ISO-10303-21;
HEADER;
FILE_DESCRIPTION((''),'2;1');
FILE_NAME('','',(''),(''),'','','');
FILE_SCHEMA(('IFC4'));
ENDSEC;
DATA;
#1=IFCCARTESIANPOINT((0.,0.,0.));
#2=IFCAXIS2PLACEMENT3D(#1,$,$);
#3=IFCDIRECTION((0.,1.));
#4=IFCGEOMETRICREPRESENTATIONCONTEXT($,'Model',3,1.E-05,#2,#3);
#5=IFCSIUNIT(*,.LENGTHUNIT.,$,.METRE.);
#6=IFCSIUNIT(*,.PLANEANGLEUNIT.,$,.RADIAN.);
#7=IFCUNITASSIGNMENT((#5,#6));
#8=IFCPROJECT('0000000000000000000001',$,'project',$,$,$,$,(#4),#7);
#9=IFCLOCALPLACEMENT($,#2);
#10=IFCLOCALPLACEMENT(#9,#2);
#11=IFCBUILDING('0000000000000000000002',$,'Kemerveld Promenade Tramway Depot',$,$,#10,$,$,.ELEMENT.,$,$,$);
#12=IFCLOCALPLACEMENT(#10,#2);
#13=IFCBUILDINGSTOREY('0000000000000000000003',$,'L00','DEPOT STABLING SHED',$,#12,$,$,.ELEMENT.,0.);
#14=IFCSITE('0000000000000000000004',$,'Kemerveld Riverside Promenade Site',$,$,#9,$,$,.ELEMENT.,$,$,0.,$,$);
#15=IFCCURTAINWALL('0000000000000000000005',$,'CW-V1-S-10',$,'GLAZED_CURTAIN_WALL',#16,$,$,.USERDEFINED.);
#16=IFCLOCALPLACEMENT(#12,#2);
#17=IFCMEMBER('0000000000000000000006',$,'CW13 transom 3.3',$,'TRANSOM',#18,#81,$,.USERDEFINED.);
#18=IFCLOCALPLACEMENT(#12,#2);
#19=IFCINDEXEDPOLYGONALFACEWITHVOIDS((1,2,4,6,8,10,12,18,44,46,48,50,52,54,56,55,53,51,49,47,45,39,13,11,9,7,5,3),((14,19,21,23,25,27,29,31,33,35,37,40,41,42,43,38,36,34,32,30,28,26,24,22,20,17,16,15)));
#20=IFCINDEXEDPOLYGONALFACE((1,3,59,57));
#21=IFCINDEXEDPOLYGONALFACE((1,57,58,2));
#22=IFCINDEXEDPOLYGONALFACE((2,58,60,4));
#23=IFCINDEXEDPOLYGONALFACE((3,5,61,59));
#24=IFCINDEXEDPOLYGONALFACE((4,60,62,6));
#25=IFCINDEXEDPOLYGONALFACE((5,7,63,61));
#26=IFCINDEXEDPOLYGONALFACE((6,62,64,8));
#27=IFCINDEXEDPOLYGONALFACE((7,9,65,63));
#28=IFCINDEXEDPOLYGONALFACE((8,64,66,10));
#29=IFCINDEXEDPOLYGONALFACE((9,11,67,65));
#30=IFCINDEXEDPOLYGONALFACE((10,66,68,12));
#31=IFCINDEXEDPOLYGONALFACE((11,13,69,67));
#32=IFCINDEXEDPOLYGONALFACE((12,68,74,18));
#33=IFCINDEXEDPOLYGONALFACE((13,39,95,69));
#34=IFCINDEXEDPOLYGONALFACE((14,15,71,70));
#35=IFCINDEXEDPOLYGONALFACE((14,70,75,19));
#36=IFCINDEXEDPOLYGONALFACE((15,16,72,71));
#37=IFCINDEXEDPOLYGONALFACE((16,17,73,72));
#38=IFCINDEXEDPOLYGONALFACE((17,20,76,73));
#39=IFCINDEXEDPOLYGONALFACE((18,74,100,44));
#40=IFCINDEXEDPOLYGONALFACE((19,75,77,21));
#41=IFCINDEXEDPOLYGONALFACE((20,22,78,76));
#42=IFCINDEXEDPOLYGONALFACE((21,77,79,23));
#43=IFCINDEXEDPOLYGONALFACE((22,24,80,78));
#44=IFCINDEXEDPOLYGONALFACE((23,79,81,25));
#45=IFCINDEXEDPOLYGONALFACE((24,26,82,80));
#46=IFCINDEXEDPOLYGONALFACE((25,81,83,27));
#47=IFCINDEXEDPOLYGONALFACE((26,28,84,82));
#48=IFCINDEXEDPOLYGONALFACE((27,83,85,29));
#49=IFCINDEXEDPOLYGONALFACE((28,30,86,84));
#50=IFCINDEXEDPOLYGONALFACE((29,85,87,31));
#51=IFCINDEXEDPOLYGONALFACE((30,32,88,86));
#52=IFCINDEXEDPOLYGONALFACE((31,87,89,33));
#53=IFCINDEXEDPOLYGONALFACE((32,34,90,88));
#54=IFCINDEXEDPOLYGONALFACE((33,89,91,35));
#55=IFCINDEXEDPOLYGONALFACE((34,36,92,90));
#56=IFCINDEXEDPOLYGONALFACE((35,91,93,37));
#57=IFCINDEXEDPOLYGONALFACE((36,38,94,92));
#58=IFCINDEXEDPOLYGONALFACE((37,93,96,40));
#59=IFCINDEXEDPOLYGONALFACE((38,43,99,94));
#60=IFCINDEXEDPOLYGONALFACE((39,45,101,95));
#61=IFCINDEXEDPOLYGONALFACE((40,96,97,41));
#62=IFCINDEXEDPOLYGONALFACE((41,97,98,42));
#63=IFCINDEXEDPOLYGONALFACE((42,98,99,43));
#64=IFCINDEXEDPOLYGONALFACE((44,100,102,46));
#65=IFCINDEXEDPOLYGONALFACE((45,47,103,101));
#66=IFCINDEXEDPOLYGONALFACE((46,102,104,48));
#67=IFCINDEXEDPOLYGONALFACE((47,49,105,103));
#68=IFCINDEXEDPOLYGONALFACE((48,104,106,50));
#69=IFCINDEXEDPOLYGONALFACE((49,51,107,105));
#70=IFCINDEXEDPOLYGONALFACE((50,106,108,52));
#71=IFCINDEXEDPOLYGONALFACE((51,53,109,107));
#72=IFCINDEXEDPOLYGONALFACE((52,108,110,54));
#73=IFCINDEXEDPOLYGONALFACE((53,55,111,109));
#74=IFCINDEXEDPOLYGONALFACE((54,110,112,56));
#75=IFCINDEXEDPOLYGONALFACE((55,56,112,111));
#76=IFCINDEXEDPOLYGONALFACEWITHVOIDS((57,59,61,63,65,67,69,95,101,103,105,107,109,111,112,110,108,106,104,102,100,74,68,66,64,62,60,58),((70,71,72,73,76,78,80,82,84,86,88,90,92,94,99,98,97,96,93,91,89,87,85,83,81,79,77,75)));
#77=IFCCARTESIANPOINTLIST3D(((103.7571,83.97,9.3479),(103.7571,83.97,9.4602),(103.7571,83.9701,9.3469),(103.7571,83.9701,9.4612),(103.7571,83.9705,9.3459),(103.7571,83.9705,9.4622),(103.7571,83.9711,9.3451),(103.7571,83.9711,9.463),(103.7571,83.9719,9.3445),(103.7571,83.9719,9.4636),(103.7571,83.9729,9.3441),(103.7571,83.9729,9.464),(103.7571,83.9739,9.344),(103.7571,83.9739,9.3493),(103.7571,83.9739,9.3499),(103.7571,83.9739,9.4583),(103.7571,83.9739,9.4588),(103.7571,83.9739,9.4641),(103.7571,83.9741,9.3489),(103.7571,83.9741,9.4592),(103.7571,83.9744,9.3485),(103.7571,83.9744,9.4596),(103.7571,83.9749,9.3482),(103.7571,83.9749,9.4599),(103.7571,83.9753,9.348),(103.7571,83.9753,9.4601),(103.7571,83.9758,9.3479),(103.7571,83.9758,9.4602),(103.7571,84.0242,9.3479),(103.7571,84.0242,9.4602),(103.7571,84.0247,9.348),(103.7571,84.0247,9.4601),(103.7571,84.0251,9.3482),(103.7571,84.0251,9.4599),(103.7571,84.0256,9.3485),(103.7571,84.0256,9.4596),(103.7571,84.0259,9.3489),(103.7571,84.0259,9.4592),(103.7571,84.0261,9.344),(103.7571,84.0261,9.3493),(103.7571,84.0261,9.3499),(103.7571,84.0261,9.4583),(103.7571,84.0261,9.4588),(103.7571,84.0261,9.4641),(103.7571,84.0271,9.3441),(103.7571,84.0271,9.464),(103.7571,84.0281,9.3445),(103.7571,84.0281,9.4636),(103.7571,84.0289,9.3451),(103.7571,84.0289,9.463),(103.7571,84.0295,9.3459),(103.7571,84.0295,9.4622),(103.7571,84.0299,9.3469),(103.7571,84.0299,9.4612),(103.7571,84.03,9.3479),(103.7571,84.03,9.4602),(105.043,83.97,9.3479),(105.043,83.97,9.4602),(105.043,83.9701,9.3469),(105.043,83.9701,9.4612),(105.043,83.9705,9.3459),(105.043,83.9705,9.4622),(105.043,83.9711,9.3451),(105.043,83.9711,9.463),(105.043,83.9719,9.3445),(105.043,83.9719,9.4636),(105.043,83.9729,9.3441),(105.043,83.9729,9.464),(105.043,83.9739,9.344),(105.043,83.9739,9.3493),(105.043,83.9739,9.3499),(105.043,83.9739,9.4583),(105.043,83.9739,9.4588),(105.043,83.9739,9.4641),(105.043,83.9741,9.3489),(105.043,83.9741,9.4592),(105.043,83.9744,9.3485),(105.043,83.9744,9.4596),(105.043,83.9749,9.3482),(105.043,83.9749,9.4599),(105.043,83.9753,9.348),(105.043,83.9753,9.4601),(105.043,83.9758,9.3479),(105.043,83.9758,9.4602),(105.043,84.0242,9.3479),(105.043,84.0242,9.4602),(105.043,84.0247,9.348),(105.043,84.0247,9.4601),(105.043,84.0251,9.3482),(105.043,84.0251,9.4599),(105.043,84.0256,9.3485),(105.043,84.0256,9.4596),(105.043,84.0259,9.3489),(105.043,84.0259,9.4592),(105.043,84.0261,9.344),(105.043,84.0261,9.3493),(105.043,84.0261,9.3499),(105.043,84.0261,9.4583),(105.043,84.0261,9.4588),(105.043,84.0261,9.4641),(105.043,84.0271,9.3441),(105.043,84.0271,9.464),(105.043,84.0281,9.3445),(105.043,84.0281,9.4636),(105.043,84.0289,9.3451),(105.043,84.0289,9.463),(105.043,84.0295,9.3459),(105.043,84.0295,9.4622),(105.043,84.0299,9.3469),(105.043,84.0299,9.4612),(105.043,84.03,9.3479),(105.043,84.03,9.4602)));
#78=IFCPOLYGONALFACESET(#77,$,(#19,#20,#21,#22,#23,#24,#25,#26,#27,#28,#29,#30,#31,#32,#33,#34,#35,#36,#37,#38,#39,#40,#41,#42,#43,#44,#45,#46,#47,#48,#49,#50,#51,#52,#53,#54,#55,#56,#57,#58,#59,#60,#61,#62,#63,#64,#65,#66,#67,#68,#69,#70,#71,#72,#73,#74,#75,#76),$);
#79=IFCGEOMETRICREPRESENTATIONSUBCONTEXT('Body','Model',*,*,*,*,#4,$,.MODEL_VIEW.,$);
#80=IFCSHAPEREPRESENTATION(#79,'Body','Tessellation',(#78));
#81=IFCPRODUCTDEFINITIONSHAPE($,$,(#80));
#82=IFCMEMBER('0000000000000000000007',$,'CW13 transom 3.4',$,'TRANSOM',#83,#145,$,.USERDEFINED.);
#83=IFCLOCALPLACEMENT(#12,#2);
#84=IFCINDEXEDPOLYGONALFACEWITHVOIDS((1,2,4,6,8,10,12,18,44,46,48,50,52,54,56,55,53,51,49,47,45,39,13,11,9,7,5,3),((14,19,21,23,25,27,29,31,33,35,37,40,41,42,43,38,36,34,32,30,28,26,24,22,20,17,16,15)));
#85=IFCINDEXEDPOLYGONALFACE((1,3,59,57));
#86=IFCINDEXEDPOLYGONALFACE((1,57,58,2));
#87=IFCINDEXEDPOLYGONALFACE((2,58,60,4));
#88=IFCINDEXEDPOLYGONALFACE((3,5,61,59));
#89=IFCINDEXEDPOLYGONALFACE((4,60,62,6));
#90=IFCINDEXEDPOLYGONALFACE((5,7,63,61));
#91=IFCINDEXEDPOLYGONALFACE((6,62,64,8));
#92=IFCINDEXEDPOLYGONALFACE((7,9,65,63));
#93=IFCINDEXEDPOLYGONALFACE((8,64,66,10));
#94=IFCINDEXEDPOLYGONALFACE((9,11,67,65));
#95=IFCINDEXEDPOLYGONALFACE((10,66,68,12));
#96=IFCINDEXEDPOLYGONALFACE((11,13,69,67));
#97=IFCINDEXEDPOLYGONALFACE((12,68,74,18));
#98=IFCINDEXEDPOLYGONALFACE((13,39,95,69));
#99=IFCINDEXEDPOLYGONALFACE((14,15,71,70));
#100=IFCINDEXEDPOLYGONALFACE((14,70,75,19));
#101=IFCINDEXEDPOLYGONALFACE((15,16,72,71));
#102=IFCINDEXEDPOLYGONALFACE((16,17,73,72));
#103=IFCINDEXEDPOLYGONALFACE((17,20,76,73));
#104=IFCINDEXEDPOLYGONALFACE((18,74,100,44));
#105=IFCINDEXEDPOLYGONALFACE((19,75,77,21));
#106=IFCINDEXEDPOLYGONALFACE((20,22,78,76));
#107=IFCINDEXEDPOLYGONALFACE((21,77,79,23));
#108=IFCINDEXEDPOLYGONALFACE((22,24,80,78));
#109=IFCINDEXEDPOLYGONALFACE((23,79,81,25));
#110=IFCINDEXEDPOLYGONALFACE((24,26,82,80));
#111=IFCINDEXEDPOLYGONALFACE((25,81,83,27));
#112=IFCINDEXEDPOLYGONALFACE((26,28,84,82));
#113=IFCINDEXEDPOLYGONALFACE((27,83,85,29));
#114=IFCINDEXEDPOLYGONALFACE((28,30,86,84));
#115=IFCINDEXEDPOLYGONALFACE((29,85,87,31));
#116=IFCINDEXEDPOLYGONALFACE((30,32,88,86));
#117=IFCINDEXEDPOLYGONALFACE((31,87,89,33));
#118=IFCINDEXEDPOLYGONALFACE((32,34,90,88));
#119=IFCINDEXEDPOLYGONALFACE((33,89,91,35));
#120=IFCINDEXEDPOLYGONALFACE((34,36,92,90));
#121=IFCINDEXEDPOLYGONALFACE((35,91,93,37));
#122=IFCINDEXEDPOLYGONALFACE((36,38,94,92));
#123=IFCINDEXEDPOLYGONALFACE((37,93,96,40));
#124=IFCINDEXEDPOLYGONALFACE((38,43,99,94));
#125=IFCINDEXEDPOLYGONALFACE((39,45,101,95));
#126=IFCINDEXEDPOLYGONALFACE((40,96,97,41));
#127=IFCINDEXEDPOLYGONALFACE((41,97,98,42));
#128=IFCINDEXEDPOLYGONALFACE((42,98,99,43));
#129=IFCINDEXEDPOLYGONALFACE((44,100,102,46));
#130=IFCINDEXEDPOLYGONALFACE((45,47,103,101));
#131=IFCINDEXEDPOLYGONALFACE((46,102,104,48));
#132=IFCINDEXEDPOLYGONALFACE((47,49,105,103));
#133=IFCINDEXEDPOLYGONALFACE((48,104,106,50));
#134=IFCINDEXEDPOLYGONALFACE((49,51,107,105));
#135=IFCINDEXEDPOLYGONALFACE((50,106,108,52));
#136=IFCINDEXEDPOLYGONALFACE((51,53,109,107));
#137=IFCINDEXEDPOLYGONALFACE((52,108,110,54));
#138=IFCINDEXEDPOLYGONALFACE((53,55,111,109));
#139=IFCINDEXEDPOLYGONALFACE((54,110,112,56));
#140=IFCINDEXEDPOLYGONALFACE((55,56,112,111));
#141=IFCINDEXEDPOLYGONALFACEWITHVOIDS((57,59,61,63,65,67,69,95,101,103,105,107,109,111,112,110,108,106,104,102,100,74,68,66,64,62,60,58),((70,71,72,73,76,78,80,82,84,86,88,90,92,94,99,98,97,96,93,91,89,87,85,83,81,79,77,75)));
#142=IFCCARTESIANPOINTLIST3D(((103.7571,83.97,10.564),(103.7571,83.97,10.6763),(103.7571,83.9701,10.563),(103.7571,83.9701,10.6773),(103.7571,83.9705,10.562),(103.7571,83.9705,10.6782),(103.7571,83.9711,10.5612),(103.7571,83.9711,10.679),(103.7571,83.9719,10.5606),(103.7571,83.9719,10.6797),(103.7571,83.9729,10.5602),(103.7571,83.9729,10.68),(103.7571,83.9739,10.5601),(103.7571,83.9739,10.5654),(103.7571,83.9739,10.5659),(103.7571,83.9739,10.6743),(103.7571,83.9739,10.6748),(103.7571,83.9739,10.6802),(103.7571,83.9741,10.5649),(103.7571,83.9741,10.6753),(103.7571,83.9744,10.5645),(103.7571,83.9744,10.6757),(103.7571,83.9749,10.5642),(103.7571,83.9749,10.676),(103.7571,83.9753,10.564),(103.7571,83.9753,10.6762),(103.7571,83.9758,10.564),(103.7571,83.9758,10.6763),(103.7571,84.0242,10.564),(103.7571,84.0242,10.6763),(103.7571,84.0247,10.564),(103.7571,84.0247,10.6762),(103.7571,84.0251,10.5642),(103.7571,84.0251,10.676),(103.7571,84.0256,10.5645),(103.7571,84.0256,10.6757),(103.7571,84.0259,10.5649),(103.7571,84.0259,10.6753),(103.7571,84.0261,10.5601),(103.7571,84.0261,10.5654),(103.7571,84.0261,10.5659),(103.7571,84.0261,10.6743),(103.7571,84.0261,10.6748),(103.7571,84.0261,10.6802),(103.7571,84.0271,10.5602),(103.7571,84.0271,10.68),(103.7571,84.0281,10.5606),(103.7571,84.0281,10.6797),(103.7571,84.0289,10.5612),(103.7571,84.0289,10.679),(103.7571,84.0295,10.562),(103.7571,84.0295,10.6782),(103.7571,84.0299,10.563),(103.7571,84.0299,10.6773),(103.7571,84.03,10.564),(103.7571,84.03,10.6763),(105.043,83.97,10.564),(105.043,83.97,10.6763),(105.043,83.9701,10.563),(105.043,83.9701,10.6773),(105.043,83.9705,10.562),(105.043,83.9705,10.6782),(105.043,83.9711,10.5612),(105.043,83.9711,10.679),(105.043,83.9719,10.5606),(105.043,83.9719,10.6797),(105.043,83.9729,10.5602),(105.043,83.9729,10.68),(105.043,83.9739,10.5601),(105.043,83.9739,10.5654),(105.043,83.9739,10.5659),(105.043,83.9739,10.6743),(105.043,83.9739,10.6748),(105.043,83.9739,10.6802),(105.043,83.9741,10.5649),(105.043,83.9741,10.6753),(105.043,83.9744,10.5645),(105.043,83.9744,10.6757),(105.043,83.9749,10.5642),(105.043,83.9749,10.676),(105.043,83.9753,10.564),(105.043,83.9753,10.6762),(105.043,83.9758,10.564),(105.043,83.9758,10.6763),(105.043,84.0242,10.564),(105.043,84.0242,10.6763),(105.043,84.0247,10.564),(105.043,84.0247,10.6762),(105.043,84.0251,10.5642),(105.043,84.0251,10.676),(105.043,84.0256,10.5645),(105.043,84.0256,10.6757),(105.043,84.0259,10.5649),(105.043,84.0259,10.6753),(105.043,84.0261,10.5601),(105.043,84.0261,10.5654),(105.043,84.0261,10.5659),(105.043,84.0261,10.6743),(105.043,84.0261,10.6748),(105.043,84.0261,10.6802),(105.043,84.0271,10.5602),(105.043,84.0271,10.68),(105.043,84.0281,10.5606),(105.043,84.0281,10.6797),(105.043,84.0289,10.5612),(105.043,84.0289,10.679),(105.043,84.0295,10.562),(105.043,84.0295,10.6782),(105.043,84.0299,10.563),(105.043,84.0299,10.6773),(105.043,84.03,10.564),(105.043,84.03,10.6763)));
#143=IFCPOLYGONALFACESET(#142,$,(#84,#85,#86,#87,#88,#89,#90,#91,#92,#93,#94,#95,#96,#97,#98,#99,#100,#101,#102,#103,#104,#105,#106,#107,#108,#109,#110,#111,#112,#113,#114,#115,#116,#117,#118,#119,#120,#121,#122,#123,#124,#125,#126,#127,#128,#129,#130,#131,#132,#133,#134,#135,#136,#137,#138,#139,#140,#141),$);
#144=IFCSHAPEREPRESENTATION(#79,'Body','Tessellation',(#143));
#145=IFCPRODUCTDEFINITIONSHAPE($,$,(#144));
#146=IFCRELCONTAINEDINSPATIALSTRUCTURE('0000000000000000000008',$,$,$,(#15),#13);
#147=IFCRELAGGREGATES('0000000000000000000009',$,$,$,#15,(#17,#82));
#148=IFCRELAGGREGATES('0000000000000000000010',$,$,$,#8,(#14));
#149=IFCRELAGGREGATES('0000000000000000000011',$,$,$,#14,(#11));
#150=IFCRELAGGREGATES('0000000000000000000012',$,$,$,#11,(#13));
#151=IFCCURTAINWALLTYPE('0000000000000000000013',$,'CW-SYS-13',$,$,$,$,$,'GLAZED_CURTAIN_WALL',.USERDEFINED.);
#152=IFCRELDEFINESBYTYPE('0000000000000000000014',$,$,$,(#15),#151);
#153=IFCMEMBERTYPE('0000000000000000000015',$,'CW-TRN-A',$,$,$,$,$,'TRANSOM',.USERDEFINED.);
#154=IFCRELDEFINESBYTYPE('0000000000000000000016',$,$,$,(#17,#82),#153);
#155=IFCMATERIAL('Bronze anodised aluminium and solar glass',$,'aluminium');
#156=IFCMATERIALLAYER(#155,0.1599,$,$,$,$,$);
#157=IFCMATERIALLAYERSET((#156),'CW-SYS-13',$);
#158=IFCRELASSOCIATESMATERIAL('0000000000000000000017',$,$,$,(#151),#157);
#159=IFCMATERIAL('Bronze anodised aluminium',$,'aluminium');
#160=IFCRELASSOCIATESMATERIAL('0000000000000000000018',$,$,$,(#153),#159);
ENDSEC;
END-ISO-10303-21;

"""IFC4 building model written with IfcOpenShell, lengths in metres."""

from ifc_helpers import new_model, si_unit, direction, frame, origin, origin_2d, place, context, subcontext, project, spatial, hollow_rectangle, extrude, material, layer, layer_set, material_profile, profile_set, type_object, element, aggregate, save


model = new_model("IFC4")

# Units and contexts
model_context = context("Model", 3, precision=1e-05, world=origin(), true_north=direction((0.0, 1.0)))
body_context = subcontext(model_context, "Body", "Model", "MODEL_VIEW")
ifc_project = project(units=[si_unit("LENGTHUNIT", "METRE"), si_unit("PLANEANGLEUNIT", "RADIAN")], contexts=[model_context])

# Site, building, storey
site_placement = place(None, origin())
site = spatial("IfcSite", under=ifc_project, at=site_placement, Name="Kemerveld Riverside Promenade Site", CompositionType="ELEMENT", RefElevation=0.0)
building_placement = place(site_placement, origin())
building = spatial("IfcBuilding", under=site, at=building_placement, Name="Kemerveld Promenade Tramway Depot", CompositionType="ELEMENT")
storey_placement = place(building_placement, origin())
storey = spatial("IfcBuildingStorey", under=building, at=storey_placement, Name="L00", Description="DEPOT STABLING SHED", CompositionType="ELEMENT", Elevation=0.0)

# Curtain wall, members
ifc_material_1 = material(Name="Bronze anodised aluminium and solar glass", Category="aluminium")
ifc_layer_1 = layer(ifc_material_1, 0.1599)
ifc_layer_set_1 = layer_set([ifc_layer_1], Name="CW-SYS-13")
curtain_wall_type_1 = type_object("IfcCurtainWallType", Name="CW-SYS-13", ElementType="GLAZED_CURTAIN_WALL", PredefinedType="USERDEFINED", material=ifc_layer_set_1)
curtain_wall_1_placement = place(storey_placement, origin())
curtain_wall_1 = element("IfcCurtainWall", 1, at=curtain_wall_1_placement, inside=storey, type_object=curtain_wall_type_1, Name="CW-V1-S-10", ObjectType="GLAZED_CURTAIN_WALL", PredefinedType="USERDEFINED")
ifc_material_2 = material(Name="Bronze anodised aluminium", Category="aluminium")
ifc_material_profile_1 = material_profile(ifc_material_2, hollow_rectangle(XDim=0.0601, YDim=0.1201, WallThickness=0.0039, InnerFilletRadius=0.002, OuterFilletRadius=0.0039, at=origin_2d()), Name="CW-TRN-120x60")
ifc_profile_set_1 = profile_set([ifc_material_profile_1], Name="Bronze anodised aluminium")
member_type_1 = type_object("IfcMemberType", Name="CW-TRN-A", ElementType="TRANSOM", PredefinedType="USERDEFINED", material=ifc_profile_set_1)
member_1_placement = place(storey_placement, frame((105.043, 84.0, 9.4041), z_axis=(-1.0, 0.0, 0.0), x_axis=(0.0, -1.0, 0.0)))
member_1 = element("IfcMember", 2, at=member_1_placement, type_object=member_type_1, Name="CW13 transom 3.3", ObjectType="TRANSOM", PredefinedType="USERDEFINED", context=body_context, shape_type="SweptSolid", body=[
    extrude(hollow_rectangle(XDim=0.0601, YDim=0.1201, WallThickness=0.0039, InnerFilletRadius=0.002, OuterFilletRadius=0.0039, at=origin_2d()), origin(), (0.0, 0.0, 1.0), 1.2859),
])
member_2_placement = place(storey_placement, frame((105.043, 84.0, 10.6201), z_axis=(-1.0, 0.0, 0.0), x_axis=(0.0, -1.0, 0.0)))
member_2 = element("IfcMember", 3, at=member_2_placement, type_object=member_type_1, Name="CW13 transom 3.4", ObjectType="TRANSOM", PredefinedType="USERDEFINED", context=body_context, shape_type="SweptSolid", body=[
    extrude(hollow_rectangle(XDim=0.0601, YDim=0.1201, WallThickness=0.0039, InnerFilletRadius=0.002, OuterFilletRadius=0.0039, at=origin_2d()), origin(), (0.0, 0.0, 1.0), 1.2859),
])

aggregate(curtain_wall_1, [member_1, member_2])

save(model, "model.ifc")
